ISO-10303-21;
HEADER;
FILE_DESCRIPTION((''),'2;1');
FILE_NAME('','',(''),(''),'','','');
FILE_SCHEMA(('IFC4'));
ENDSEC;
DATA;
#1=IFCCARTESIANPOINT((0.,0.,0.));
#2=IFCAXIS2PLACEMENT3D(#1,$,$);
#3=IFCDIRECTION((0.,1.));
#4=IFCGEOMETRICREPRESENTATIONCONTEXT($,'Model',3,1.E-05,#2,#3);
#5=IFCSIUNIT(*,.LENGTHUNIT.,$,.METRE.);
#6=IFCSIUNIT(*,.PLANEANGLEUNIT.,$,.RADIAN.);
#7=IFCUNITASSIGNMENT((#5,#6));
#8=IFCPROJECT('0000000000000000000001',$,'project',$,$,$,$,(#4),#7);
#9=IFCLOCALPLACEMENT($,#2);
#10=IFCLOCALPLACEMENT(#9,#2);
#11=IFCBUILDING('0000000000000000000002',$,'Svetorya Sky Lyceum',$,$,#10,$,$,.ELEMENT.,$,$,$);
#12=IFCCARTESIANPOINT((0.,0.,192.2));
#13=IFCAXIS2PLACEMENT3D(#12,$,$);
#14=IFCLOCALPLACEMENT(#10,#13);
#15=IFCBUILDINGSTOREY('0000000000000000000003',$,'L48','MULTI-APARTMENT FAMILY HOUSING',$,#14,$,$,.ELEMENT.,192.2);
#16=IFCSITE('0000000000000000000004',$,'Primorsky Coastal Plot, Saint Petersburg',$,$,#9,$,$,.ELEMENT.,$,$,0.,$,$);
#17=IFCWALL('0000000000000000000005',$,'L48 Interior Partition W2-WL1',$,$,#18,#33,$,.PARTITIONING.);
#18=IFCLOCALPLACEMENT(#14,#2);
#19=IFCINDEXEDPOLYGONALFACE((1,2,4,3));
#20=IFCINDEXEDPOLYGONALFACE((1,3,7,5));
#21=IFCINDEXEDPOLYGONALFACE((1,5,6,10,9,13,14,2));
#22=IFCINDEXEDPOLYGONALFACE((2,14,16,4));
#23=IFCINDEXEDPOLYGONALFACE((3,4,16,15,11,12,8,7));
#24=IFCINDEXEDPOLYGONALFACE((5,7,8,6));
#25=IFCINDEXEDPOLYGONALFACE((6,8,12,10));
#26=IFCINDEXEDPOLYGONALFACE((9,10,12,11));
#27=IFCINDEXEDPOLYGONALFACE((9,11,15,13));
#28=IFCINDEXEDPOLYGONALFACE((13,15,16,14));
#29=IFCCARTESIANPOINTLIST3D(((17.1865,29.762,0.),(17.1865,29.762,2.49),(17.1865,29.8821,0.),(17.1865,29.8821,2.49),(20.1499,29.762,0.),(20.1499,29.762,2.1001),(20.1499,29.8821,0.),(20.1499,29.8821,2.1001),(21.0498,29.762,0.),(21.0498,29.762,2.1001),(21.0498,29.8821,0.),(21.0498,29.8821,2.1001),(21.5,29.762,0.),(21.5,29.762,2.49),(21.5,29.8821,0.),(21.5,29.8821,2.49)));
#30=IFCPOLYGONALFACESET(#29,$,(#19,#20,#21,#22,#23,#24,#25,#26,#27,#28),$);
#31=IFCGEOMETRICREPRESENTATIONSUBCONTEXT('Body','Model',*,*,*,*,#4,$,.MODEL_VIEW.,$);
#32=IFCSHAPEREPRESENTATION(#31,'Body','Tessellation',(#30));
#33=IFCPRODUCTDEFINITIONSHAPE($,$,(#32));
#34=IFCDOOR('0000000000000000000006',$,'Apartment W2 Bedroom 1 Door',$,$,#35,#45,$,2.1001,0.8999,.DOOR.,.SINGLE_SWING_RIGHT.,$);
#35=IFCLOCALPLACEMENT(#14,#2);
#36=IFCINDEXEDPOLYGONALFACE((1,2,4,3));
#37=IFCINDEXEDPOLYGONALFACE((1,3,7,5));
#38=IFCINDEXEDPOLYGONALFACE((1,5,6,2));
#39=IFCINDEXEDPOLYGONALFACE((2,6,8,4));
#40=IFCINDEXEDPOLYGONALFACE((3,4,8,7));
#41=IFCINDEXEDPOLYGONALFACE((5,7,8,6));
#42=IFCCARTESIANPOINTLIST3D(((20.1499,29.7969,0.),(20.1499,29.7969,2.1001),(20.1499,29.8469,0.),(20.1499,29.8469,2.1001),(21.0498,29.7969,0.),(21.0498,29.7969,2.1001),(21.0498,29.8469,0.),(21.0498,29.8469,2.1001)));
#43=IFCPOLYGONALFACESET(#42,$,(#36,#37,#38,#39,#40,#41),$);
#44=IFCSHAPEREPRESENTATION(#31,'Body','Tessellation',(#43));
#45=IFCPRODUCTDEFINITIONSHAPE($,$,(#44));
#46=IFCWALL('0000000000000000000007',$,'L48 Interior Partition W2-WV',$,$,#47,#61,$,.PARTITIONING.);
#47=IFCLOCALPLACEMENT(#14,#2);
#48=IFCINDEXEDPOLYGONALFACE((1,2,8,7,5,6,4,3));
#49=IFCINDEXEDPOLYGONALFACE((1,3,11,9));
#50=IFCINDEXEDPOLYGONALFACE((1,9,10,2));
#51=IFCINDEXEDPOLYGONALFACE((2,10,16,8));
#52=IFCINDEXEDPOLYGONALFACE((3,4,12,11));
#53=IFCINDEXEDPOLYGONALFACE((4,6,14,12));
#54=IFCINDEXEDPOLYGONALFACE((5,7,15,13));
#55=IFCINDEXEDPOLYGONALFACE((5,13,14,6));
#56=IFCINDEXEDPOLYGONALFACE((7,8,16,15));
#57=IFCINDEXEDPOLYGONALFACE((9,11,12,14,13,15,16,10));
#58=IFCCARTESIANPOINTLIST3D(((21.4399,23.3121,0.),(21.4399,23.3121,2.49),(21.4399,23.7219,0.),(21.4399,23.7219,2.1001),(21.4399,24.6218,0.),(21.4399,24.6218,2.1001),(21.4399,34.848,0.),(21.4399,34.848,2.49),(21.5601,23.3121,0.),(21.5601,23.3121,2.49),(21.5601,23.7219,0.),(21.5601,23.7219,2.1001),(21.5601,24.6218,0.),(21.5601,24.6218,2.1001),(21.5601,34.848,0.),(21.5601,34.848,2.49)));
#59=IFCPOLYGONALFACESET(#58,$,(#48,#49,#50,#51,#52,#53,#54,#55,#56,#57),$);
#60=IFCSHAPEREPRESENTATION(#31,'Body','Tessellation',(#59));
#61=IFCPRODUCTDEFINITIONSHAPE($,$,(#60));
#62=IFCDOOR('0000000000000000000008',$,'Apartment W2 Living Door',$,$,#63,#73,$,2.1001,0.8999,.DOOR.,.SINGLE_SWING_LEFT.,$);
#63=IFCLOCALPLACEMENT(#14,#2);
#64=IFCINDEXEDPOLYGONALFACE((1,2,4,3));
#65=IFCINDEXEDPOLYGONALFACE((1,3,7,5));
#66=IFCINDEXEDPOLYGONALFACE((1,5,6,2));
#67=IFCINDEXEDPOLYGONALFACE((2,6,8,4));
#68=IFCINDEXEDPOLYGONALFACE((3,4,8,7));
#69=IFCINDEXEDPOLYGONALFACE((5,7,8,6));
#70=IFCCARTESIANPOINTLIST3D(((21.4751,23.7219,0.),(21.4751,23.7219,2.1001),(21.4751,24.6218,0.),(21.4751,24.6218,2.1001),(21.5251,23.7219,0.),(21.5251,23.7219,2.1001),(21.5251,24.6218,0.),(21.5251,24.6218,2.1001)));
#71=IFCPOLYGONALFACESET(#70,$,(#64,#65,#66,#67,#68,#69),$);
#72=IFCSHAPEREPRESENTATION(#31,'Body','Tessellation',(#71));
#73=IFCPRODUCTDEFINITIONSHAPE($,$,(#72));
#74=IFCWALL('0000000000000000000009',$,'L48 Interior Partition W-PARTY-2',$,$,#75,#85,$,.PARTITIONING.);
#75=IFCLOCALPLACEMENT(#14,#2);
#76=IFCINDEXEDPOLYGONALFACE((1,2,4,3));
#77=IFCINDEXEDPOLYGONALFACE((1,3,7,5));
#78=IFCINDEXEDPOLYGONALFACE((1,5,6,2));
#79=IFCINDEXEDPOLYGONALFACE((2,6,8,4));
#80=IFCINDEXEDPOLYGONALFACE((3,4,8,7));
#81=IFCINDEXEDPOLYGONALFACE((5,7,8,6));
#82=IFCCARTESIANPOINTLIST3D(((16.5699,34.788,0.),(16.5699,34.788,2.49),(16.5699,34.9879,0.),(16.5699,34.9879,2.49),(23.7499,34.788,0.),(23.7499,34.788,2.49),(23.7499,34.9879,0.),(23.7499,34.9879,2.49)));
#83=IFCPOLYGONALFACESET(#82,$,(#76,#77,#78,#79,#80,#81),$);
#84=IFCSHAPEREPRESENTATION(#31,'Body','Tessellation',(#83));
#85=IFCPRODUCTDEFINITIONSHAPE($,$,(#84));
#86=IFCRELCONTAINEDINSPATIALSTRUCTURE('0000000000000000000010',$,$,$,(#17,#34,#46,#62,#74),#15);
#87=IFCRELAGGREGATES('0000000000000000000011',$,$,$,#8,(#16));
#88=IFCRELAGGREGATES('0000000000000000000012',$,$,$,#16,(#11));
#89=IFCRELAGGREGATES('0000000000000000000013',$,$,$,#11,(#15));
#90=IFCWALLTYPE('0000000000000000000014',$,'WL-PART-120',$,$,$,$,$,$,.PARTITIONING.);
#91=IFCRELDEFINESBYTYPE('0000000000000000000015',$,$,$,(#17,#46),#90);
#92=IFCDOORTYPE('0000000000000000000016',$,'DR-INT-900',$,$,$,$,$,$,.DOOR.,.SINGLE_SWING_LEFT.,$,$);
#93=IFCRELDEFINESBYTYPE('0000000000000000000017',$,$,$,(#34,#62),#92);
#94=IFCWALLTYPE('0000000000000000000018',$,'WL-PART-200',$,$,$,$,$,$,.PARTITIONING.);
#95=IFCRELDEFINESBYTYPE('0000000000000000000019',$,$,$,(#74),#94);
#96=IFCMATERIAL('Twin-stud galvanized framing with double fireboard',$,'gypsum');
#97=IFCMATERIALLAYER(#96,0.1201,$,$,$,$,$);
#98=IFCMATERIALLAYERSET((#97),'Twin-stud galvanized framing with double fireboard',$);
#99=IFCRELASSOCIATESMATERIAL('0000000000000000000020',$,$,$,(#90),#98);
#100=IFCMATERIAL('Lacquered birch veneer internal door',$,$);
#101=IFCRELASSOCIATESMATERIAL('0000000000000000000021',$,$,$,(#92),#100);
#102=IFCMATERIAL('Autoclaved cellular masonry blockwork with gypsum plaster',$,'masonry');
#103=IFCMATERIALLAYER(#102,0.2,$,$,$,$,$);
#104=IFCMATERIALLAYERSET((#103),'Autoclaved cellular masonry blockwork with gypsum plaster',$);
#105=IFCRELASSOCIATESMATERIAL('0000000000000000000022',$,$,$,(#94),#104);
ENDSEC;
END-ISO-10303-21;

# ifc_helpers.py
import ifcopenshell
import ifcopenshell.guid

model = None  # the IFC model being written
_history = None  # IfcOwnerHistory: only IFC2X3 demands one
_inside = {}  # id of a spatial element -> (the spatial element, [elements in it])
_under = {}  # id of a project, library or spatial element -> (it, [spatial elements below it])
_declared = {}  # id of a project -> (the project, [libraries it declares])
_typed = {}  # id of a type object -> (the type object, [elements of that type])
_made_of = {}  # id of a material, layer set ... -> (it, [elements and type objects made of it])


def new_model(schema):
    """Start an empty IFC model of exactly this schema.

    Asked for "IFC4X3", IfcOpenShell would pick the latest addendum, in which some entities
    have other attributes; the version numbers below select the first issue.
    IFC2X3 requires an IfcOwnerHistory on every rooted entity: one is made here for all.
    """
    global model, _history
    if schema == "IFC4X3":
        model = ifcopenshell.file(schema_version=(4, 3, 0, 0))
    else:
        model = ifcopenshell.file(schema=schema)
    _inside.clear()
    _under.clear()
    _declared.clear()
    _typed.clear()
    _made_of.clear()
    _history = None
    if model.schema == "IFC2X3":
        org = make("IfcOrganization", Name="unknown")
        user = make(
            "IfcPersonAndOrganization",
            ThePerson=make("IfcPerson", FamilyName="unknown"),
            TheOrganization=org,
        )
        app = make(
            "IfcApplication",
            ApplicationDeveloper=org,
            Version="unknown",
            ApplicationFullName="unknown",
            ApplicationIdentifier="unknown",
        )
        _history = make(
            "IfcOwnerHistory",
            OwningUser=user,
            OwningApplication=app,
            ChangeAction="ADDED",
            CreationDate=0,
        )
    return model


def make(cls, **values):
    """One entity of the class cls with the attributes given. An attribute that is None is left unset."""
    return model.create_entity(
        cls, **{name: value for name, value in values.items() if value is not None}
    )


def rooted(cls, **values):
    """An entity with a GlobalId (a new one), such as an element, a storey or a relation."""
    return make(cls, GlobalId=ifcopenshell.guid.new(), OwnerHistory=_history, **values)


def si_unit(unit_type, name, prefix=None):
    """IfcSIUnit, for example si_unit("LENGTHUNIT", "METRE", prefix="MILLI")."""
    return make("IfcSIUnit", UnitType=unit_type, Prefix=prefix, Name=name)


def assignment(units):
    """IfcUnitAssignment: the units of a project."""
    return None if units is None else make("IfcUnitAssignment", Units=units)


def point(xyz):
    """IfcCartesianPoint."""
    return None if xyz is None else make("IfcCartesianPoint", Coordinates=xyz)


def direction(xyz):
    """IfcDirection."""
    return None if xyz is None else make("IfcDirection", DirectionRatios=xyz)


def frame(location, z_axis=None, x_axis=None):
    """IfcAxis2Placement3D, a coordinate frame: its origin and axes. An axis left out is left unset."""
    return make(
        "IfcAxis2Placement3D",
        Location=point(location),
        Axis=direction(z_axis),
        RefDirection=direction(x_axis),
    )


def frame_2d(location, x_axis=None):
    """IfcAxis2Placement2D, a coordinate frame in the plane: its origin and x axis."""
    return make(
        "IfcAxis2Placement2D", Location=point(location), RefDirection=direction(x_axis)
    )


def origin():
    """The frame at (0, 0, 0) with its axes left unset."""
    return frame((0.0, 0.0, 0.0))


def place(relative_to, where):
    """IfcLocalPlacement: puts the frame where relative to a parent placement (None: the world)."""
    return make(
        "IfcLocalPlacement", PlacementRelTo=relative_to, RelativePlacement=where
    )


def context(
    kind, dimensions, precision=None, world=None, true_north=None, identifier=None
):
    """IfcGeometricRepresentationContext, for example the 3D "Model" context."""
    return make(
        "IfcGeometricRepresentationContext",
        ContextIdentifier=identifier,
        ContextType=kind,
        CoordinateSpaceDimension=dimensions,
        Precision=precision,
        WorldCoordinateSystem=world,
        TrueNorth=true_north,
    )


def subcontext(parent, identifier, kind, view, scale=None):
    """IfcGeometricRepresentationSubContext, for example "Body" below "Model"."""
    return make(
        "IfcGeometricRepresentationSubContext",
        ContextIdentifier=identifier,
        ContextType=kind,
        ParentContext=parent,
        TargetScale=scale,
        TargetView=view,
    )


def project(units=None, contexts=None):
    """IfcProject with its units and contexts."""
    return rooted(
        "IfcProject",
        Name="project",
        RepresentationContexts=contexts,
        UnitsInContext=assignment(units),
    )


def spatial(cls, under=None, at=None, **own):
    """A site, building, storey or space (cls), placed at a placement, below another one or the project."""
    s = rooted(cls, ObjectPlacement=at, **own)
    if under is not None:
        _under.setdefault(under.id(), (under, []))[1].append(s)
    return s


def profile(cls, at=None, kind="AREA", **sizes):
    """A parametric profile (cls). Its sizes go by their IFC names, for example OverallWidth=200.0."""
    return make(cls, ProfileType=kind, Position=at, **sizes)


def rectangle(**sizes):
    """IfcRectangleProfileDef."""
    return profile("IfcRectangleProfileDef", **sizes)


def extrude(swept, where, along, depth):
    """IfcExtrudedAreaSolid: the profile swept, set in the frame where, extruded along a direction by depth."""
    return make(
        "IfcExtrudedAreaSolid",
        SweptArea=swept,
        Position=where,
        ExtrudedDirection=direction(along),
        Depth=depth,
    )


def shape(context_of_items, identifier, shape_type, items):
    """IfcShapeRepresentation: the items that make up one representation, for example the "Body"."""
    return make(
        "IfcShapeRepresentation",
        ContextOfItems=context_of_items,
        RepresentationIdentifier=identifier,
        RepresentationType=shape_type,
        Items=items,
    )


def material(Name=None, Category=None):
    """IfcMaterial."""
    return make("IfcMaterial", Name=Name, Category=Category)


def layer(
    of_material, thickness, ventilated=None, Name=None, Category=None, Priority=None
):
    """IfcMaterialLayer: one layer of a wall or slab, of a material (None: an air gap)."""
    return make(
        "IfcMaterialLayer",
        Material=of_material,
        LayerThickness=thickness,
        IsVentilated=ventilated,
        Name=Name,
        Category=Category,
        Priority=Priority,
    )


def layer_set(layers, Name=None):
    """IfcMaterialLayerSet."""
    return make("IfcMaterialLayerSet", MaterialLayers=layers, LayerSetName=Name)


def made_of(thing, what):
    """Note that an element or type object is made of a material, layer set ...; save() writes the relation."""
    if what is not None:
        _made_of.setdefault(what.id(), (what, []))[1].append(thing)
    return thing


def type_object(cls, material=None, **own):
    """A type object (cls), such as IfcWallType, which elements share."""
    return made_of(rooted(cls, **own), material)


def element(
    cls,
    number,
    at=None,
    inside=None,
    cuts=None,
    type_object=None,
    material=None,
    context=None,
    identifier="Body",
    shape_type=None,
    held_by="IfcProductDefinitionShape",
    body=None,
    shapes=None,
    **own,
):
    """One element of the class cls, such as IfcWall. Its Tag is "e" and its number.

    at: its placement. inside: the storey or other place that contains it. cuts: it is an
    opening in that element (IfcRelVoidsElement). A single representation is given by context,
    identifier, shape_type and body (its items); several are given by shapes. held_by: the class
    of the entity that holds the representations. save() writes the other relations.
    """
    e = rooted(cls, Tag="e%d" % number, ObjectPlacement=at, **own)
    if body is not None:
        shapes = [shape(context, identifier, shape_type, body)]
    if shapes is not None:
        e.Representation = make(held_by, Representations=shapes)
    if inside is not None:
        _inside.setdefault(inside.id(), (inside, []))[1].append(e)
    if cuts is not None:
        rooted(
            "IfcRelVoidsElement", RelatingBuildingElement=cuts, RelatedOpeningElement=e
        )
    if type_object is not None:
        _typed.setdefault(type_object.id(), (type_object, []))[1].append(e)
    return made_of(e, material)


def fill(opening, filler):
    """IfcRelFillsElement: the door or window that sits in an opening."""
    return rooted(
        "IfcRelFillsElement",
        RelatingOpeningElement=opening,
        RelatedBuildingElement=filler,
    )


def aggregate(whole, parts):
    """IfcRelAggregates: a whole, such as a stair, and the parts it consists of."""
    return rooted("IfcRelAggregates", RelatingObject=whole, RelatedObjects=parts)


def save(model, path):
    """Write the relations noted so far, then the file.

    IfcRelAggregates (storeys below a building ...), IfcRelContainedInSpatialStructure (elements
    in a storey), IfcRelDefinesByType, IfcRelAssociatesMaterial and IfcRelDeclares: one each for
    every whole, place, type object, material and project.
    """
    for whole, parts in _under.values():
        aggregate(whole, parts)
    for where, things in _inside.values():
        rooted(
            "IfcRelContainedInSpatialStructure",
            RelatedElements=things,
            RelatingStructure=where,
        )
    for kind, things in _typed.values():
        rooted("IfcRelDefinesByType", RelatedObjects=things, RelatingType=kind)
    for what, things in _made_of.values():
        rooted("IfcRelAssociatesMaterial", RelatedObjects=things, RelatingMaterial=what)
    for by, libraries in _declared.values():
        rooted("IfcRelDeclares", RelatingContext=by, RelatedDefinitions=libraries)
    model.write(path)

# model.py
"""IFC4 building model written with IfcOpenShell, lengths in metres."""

from ifc_helpers import new_model, si_unit, direction, frame, frame_2d, origin, place, context, subcontext, project, spatial, rectangle, extrude, material, layer, layer_set, type_object, element, fill, save


model = new_model("IFC4")

# Units and contexts
model_context = context("Model", 3, precision=1e-05, world=origin(), true_north=direction((0.0, 1.0)))
body_context = subcontext(model_context, "Body", "Model", "MODEL_VIEW")
ifc_project = project(units=[si_unit("LENGTHUNIT", "METRE"), si_unit("PLANEANGLEUNIT", "RADIAN")], contexts=[model_context])

# Site, building, storey
site_placement = place(None, origin())
site = spatial("IfcSite", under=ifc_project, at=site_placement, Name="Primorsky Coastal Plot, Saint Petersburg", CompositionType="ELEMENT", RefElevation=0.0)
building_placement = place(site_placement, origin())
building = spatial("IfcBuilding", under=site, at=building_placement, Name="Svetorya Sky Lyceum", CompositionType="ELEMENT")
storey_placement = place(building_placement, frame((0.0, 0.0, 192.2)))
storey = spatial("IfcBuildingStorey", under=building, at=storey_placement, Name="L48", Description="MULTI-APARTMENT FAMILY HOUSING", CompositionType="ELEMENT", Elevation=192.2)

# Walls, openings, doors
ifc_material_1 = material(Name="Twin-stud galvanized framing with double fireboard", Category="gypsum")
ifc_layer_1 = layer(ifc_material_1, 0.1201)
ifc_layer_set_1 = layer_set([ifc_layer_1], Name="Twin-stud galvanized framing with double fireboard")
wall_type_1 = type_object("IfcWallType", Name="WL-PART-120", PredefinedType="PARTITIONING", material=ifc_layer_set_1)
wall_1_placement = place(storey_placement, frame((17.1865, 29.822, 0.0), z_axis=(0.0, 0.0, 1.0), x_axis=(1.0, 0.0, 0.0)))
wall_1 = element("IfcWall", 1, at=wall_1_placement, inside=storey, type_object=wall_type_1, Name="L48 Interior Partition W2-WL1", PredefinedType="PARTITIONING", context=body_context, shape_type="SweptSolid", body=[
    extrude(rectangle(XDim=4.3135, YDim=0.1201, at=frame_2d((2.1567, 0.0))), origin(), (0.0, 0.0, 1.0), 2.49),
])
opening_1_placement = place(wall_1_placement, frame((2.9634, 0.0, 0.0)))
opening_1 = element("IfcOpeningElement", 2, at=opening_1_placement, cuts=wall_1, PredefinedType="OPENING", context=body_context, shape_type="SweptSolid", body=[
    extrude(rectangle(XDim=0.8999, YDim=2.1001, at=frame_2d((0.45, 1.05))), frame((0.0, 0.0701, 0.0), z_axis=(0.0, -1.0, 0.0), x_axis=(1.0, 0.0, 0.0)), (0.0, 0.0, 1.0), 0.1401),
])
ifc_material_2 = material(Name="Lacquered birch veneer internal door")
door_type_1 = type_object("IfcDoorType", Name="DR-INT-900", OperationType="SINGLE_SWING_LEFT", PredefinedType="DOOR", material=ifc_material_2)
door_1_placement = place(opening_1_placement, origin())
door_1 = element("IfcDoor", 3, at=door_1_placement, inside=storey, type_object=door_type_1, Name="Apartment W2 Bedroom 1 Door", OperationType="SINGLE_SWING_RIGHT", OverallHeight=2.1001, OverallWidth=0.8999, PredefinedType="DOOR", context=body_context, shape_type="SweptSolid", body=[
    extrude(rectangle(XDim=0.8999, YDim=2.1001, at=frame_2d((0.45, 1.05))), frame((0.0, 0.0249, 0.0), z_axis=(0.0, -1.0, 0.0), x_axis=(1.0, 0.0, 0.0)), (0.0, 0.0, 1.0), 0.05),
])
fill(opening_1, door_1)
wall_2_placement = place(storey_placement, frame((21.5, 23.312, 0.0), z_axis=(0.0, 0.0, 1.0), x_axis=(0.0, 1.0, 0.0)))
wall_2 = element("IfcWall", 4, at=wall_2_placement, inside=storey, type_object=wall_type_1, Name="L48 Interior Partition W2-WV", PredefinedType="PARTITIONING", context=body_context, shape_type="SweptSolid", body=[
    extrude(rectangle(XDim=11.5359, YDim=0.1201, at=frame_2d((5.7681, 0.0))), origin(), (0.0, 0.0, 1.0), 2.49),
])
opening_2_placement = place(wall_2_placement, frame((0.4099, 0.0, 0.0)))
opening_2 = element("IfcOpeningElement", 5, at=opening_2_placement, cuts=wall_2, PredefinedType="OPENING", context=body_context, shape_type="SweptSolid", body=[
    extrude(rectangle(XDim=0.8999, YDim=2.1001, at=frame_2d((0.45, 1.05))), frame((0.0, 0.0701, 0.0), z_axis=(0.0, -1.0, 0.0), x_axis=(1.0, 0.0, 0.0)), (0.0, 0.0, 1.0), 0.1401),
])
door_2_placement = place(opening_2_placement, origin())
door_2 = element("IfcDoor", 6, at=door_2_placement, inside=storey, type_object=door_type_1, Name="Apartment W2 Living Door", OperationType="SINGLE_SWING_LEFT", OverallHeight=2.1001, OverallWidth=0.8999, PredefinedType="DOOR", context=body_context, shape_type="SweptSolid", body=[
    extrude(rectangle(XDim=0.8999, YDim=2.1001, at=frame_2d((0.45, 1.05))), frame((0.0, 0.0249, 0.0), z_axis=(0.0, -1.0, 0.0), x_axis=(1.0, 0.0, 0.0)), (0.0, 0.0, 1.0), 0.05),
])
fill(opening_2, door_2)

# Wall
ifc_material_3 = material(Name="Autoclaved cellular masonry blockwork with gypsum plaster", Category="masonry")
ifc_layer_2 = layer(ifc_material_3, 0.2)
ifc_layer_set_2 = layer_set([ifc_layer_2], Name="Autoclaved cellular masonry blockwork with gypsum plaster")
wall_type_2 = type_object("IfcWallType", Name="WL-PART-200", PredefinedType="PARTITIONING", material=ifc_layer_set_2)
wall_3_placement = place(storey_placement, frame((16.5701, 34.8879, 0.0), z_axis=(0.0, 0.0, 1.0), x_axis=(1.0, 0.0, 0.0)))
element("IfcWall", 7, at=wall_3_placement, inside=storey, type_object=wall_type_2, Name="L48 Interior Partition W-PARTY-2", PredefinedType="PARTITIONING", context=body_context, shape_type="SweptSolid", body=[
    extrude(rectangle(XDim=7.1799, YDim=0.2, at=frame_2d((3.5898, 0.0))), origin(), (0.0, 0.0, 1.0), 2.49),
])

save(model, "model.ifc")
